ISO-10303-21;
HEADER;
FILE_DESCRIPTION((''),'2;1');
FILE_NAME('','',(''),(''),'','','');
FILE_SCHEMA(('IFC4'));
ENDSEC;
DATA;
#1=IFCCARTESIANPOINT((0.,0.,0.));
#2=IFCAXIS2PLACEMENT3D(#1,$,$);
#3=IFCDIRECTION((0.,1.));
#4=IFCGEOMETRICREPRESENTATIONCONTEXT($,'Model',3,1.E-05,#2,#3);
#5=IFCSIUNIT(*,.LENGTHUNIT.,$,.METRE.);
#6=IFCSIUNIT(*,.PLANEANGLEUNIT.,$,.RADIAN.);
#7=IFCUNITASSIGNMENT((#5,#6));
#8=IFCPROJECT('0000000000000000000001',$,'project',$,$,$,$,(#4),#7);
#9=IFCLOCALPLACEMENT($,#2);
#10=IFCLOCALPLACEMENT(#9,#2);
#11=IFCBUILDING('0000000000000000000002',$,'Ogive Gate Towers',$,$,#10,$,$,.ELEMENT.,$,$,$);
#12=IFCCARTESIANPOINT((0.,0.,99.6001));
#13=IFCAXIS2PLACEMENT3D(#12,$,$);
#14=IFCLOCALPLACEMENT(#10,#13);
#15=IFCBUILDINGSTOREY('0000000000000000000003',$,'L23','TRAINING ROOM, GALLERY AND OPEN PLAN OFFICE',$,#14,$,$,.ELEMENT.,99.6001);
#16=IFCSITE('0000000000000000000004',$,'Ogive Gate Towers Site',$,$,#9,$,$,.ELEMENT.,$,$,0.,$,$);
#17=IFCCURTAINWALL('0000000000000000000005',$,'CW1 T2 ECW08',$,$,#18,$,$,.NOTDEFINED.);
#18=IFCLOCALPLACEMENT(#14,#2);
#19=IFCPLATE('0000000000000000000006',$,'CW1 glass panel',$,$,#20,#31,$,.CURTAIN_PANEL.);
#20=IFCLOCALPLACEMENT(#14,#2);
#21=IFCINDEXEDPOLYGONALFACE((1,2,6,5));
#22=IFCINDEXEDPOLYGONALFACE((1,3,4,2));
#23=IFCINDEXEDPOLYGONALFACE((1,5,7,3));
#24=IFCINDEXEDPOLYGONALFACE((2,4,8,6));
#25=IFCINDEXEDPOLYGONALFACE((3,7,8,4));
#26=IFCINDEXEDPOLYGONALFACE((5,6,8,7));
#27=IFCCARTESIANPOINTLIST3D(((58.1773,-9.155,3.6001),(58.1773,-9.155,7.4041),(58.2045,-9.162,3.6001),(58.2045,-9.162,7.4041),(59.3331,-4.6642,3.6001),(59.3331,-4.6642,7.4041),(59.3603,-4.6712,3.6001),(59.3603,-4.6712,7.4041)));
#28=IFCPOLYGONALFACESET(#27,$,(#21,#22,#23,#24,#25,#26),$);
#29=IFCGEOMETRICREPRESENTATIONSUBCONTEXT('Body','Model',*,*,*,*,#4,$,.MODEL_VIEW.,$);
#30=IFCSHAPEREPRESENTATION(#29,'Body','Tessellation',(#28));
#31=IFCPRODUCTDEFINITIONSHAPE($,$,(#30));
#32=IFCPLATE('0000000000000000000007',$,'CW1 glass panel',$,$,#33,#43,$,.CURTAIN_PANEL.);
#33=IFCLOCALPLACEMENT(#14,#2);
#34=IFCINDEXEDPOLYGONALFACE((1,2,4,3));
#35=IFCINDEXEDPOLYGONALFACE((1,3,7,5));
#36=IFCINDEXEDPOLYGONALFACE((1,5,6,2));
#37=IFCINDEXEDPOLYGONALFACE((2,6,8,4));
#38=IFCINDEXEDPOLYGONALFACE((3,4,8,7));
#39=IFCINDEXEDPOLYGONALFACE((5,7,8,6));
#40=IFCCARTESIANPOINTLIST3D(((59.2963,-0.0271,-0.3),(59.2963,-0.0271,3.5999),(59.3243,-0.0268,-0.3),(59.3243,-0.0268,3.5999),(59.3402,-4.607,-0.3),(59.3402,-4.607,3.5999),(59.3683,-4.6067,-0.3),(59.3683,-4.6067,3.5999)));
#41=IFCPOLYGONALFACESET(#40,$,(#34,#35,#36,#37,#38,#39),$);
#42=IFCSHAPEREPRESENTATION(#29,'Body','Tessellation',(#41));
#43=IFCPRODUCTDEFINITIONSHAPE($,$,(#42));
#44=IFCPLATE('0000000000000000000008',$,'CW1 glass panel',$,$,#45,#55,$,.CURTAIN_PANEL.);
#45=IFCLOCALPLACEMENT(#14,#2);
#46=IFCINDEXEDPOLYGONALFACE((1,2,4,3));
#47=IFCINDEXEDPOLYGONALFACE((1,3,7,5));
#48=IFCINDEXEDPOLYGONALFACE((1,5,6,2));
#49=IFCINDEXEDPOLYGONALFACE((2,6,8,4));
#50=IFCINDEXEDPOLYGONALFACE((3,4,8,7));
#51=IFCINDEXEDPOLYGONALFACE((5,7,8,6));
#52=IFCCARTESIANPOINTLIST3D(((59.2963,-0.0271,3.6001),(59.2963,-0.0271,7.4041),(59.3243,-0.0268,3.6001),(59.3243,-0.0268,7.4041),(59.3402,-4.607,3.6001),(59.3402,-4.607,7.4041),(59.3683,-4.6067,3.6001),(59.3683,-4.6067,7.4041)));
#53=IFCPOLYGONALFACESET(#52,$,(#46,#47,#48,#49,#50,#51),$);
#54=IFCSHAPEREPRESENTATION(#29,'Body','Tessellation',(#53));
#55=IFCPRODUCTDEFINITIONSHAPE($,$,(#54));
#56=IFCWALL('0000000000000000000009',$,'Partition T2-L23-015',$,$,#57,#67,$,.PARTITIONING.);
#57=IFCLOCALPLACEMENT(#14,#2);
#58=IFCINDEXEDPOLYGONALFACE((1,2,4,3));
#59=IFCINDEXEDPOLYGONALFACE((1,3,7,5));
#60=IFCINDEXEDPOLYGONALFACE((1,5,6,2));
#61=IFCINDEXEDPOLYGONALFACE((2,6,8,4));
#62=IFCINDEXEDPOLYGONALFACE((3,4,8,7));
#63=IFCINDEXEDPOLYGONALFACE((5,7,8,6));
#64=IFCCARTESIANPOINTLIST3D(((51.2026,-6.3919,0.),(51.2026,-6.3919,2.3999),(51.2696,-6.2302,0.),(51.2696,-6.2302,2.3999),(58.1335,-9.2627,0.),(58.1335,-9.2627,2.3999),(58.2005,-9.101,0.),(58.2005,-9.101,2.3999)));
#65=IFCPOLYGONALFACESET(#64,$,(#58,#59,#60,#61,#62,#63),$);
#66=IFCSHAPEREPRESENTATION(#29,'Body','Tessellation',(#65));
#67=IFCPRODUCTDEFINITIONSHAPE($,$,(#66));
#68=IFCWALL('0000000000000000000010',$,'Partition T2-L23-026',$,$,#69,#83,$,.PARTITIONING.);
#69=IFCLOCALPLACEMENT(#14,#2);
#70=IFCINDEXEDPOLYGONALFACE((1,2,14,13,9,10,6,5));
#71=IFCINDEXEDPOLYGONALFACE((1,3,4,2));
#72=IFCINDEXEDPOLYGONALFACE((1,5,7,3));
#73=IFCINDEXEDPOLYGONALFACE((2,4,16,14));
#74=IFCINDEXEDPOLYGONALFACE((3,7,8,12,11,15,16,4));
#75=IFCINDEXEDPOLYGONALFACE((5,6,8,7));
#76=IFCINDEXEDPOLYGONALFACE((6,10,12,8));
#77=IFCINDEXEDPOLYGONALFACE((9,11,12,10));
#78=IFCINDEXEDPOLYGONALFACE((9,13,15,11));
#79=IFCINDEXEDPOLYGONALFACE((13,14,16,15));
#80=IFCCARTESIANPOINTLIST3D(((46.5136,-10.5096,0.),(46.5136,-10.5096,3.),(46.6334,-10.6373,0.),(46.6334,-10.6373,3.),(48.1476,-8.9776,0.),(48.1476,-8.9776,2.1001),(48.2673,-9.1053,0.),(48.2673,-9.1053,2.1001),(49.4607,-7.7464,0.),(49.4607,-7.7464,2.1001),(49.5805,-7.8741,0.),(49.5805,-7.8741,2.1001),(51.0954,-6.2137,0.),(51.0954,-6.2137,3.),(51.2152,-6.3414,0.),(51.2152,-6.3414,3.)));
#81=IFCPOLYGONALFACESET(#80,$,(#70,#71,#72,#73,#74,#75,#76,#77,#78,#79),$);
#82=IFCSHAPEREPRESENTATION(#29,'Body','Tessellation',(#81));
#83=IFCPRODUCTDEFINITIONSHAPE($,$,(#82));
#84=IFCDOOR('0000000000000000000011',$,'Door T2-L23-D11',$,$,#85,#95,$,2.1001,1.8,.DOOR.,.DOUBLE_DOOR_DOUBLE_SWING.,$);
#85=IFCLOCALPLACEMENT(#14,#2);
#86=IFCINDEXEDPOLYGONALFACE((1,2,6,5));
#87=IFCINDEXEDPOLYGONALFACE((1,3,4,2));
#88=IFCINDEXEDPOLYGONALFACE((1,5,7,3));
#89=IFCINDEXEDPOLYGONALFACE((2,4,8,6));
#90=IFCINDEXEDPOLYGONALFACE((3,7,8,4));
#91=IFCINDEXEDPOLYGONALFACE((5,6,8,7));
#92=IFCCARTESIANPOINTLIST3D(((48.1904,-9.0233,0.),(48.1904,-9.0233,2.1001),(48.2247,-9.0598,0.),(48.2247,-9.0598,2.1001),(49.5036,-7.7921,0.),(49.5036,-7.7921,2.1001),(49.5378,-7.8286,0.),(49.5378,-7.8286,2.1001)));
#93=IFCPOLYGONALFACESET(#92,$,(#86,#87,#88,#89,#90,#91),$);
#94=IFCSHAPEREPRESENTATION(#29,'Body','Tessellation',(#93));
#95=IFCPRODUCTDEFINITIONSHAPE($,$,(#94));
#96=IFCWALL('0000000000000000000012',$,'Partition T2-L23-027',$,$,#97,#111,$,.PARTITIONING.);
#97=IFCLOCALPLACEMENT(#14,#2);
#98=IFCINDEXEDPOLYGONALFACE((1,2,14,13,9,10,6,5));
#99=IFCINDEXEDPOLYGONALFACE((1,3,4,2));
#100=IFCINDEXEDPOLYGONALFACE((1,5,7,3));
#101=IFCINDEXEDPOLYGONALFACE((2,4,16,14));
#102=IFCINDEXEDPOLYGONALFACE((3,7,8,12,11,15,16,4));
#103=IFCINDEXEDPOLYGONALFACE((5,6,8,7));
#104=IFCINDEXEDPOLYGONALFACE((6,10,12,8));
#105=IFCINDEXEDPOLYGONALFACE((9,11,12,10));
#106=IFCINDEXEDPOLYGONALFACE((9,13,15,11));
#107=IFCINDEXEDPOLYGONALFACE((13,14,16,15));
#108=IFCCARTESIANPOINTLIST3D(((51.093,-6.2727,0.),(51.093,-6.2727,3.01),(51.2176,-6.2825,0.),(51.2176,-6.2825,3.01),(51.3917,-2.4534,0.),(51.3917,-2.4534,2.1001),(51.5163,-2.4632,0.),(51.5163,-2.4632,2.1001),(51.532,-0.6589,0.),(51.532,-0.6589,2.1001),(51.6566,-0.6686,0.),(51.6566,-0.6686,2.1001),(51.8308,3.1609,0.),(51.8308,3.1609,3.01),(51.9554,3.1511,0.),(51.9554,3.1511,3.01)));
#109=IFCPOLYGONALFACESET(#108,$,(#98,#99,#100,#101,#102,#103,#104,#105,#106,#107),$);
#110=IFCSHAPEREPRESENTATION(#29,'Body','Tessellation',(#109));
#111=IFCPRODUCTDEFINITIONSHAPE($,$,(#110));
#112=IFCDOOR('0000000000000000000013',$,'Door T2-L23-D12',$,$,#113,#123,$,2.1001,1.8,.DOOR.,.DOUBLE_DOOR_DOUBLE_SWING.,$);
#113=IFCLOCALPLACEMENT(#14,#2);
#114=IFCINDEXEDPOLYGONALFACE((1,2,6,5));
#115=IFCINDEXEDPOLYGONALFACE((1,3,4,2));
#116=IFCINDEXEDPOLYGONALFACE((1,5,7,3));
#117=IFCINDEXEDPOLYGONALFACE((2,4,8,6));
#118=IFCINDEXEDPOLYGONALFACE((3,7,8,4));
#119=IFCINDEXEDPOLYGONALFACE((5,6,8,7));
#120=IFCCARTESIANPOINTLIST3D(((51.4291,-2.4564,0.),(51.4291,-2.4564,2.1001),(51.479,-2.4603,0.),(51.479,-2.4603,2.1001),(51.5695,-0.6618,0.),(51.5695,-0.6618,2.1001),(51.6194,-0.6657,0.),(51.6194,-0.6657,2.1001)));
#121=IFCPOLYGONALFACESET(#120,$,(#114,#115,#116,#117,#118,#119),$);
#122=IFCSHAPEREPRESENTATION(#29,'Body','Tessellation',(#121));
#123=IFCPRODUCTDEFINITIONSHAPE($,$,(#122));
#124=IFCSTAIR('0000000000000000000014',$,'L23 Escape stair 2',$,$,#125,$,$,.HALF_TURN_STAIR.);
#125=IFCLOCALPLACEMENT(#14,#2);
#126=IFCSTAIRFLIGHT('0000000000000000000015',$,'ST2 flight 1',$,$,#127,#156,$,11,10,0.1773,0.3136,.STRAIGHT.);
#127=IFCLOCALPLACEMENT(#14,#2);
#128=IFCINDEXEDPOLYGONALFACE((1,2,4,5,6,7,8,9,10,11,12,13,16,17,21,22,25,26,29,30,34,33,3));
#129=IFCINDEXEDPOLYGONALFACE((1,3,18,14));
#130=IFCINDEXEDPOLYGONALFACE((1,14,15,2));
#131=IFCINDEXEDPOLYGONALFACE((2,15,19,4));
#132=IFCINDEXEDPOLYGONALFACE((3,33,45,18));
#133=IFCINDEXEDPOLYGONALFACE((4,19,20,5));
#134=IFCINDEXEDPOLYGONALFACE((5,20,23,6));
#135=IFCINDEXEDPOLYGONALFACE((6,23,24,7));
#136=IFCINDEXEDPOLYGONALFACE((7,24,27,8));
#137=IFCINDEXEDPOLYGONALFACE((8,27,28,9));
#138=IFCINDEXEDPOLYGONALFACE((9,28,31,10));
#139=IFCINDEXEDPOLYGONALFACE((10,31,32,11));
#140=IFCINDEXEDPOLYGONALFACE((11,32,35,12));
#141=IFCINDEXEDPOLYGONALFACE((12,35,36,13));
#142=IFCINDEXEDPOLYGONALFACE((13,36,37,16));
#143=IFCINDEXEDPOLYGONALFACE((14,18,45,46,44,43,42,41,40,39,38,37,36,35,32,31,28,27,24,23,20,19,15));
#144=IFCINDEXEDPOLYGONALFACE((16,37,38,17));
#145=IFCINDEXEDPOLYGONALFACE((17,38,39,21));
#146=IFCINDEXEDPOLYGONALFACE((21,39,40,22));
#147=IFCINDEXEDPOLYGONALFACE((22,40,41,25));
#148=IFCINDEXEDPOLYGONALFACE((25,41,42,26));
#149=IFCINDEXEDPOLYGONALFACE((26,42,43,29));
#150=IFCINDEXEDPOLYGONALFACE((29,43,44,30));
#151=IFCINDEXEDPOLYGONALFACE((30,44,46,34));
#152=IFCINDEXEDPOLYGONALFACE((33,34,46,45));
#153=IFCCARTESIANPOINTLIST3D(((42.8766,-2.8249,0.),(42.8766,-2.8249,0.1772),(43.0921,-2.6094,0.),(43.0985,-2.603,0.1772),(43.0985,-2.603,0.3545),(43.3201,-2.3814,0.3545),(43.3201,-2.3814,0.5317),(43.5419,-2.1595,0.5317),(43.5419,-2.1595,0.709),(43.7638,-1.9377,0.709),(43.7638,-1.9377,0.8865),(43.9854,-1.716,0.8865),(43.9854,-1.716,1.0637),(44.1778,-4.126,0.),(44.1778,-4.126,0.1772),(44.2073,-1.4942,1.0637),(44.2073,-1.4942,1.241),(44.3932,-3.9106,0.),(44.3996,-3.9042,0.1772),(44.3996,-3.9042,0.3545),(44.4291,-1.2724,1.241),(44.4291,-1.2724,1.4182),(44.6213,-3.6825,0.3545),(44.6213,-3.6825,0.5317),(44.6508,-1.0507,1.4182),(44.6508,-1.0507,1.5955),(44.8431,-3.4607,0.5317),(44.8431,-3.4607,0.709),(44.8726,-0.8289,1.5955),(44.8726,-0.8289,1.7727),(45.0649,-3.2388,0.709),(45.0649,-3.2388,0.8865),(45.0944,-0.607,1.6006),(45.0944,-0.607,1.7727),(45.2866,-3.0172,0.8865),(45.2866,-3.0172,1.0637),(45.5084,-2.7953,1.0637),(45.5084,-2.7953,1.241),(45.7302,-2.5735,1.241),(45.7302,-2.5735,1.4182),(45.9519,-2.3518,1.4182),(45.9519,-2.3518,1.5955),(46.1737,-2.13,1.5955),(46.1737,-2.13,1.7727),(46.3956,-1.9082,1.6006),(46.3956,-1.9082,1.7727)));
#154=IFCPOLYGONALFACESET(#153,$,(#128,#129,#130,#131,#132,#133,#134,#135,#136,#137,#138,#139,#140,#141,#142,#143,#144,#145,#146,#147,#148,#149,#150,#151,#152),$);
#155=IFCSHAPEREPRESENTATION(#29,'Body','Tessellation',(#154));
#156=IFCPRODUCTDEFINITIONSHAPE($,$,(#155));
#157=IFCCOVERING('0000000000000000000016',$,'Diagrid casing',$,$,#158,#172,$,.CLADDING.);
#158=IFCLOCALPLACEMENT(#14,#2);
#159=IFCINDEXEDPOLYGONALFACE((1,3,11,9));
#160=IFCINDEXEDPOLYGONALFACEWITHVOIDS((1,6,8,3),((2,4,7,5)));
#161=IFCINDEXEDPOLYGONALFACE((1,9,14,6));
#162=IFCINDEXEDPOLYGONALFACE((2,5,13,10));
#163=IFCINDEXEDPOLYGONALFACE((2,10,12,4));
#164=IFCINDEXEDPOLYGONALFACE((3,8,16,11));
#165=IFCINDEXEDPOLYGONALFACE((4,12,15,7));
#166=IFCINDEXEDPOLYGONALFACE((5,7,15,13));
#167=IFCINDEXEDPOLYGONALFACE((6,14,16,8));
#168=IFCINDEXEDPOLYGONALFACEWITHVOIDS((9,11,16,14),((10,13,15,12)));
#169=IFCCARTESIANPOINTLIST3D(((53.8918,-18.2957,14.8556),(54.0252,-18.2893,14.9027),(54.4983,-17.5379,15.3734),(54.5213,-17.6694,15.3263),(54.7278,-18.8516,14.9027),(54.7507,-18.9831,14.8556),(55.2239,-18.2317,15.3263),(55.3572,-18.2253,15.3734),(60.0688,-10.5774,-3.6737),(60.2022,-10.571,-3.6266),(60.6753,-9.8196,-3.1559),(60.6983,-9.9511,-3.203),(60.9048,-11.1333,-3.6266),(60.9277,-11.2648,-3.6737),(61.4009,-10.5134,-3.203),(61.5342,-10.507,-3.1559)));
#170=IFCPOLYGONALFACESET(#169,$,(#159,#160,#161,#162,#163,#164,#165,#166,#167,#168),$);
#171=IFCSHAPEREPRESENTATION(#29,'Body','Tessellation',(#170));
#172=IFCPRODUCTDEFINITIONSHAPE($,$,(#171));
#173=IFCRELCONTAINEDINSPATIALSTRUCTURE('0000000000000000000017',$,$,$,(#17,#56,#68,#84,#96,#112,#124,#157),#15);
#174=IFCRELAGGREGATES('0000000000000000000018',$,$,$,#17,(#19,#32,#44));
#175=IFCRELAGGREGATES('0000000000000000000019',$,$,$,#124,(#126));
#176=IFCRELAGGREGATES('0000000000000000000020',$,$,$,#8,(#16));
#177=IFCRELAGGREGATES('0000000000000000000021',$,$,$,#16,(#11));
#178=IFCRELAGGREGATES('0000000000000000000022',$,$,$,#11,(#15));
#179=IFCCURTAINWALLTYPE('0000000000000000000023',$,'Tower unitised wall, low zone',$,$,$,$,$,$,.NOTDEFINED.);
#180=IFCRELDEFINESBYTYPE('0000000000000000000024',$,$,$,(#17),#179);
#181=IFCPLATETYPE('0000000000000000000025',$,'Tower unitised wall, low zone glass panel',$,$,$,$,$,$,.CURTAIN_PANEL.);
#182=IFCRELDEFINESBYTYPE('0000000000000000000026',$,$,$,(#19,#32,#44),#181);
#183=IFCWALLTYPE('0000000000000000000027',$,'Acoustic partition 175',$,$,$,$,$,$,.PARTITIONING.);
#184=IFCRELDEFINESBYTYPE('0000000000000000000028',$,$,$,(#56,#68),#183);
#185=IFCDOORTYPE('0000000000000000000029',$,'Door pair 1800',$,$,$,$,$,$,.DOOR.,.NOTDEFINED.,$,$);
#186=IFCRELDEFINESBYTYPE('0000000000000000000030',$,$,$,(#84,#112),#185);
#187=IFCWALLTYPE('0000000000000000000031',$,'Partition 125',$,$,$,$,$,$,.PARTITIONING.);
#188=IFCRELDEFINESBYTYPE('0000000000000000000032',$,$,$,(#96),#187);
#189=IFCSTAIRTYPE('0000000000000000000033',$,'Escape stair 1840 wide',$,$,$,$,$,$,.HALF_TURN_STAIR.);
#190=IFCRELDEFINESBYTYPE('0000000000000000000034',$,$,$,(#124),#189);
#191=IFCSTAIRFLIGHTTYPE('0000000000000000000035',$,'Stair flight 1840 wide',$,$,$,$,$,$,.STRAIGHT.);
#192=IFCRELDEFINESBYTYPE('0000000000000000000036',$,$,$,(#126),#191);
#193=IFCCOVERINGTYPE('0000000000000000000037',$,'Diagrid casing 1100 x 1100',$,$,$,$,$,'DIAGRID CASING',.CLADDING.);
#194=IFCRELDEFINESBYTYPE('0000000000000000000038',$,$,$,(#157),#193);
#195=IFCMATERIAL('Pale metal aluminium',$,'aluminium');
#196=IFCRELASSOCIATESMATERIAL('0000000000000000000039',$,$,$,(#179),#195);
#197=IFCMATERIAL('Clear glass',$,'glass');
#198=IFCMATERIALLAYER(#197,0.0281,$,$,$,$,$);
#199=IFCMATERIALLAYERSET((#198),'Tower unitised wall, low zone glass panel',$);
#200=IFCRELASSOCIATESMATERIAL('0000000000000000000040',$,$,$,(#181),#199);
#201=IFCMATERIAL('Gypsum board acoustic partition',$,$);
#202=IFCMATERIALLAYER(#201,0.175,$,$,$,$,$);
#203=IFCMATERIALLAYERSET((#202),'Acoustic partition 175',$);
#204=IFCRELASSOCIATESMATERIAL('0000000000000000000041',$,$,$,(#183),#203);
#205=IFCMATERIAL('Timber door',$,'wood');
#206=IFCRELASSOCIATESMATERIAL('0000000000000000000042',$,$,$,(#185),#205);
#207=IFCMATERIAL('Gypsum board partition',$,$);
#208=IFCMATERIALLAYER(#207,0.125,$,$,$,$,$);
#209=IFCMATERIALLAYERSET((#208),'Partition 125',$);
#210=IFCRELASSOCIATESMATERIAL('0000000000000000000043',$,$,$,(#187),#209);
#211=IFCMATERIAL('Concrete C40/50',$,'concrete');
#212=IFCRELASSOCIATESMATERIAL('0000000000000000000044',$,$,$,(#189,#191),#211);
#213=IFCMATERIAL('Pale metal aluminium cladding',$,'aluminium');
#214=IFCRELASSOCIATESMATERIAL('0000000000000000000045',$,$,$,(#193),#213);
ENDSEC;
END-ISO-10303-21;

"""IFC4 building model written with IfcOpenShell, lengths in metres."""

from ifc_helpers import new_model, si_unit, direction, frame, frame_2d, origin, origin_2d, place, context, subcontext, project, spatial, polyline, rectangle, hollow_rectangle, outline, extrude, material, layer, layer_set, material_profile, profile_set, type_object, element, fill, aggregate, save


model = new_model("IFC4")

# Units and contexts
model_context = context("Model", 3, precision=1e-05, world=origin(), true_north=direction((0.0, 1.0)))
body_context = subcontext(model_context, "Body", "Model", "MODEL_VIEW")
ifc_project = project(units=[si_unit("LENGTHUNIT", "METRE"), si_unit("PLANEANGLEUNIT", "RADIAN")], contexts=[model_context])

# Site, building, storey
site_placement = place(None, origin())
site = spatial("IfcSite", under=ifc_project, at=site_placement, Name="Ogive Gate Towers Site", CompositionType="ELEMENT", RefElevation=0.0)
building_placement = place(site_placement, origin())
building = spatial("IfcBuilding", under=site, at=building_placement, Name="Ogive Gate Towers", CompositionType="ELEMENT")
storey_placement = place(building_placement, frame((0.0, 0.0, 99.6001)))
storey = spatial("IfcBuildingStorey", under=building, at=storey_placement, Name="L23", Description="TRAINING ROOM, GALLERY AND OPEN PLAN OFFICE", CompositionType="ELEMENT", Elevation=99.6001)

# Shared definitions
ifc_material_1 = material(Name="Concrete C40/50", Category="concrete")

# Curtain wall
ifc_material_2 = material(Name="Pale metal aluminium", Category="aluminium")
curtain_wall_type = type_object("IfcCurtainWallType", Name="Tower unitised wall, low zone", PredefinedType="NOTDEFINED", material=ifc_material_2)
curtain_wall_placement = place(storey_placement, origin())
curtain_wall = element("IfcCurtainWall", 1, at=curtain_wall_placement, inside=storey, type_object=curtain_wall_type, Name="CW1 T2 ECW08", PredefinedType="NOTDEFINED")

# Plates
ifc_material_3 = material(Name="Clear glass", Category="glass")
ifc_layer_1 = layer(ifc_material_3, 0.0281)
ifc_layer_set_1 = layer_set([ifc_layer_1], Name="Tower unitised wall, low zone glass panel")
plate_type = type_object("IfcPlateType", Name="Tower unitised wall, low zone glass panel", PredefinedType="CURTAIN_PANEL", material=ifc_layer_set_1)
plate_1_placement = place(storey_placement, frame((58.7688, -6.9131, 3.6001), z_axis=(0.0, 0.0, 1.0), x_axis=(0.249248, 0.96844, 0.0)))
plate_1 = element("IfcPlate", 2, at=plate_1_placement, type_object=plate_type, Name="CW1 glass panel", PredefinedType="CURTAIN_PANEL", context=body_context, shape_type="SweptSolid", body=[
    extrude(rectangle(XDim=4.6372, YDim=0.0281, at=origin_2d()), origin(), (0.0, 0.0, 1.0), 3.804),
])
plate_2_placement = place(storey_placement, frame((59.3323, -2.3169, -0.3), z_axis=(0.0, 0.0, 1.0), x_axis=(-0.009599, 0.999954, 0.0)))
plate_2 = element("IfcPlate", 3, at=plate_2_placement, type_object=plate_type, Name="CW1 glass panel", PredefinedType="CURTAIN_PANEL", context=body_context, shape_type="SweptSolid", body=[
    extrude(rectangle(XDim=4.5801, YDim=0.0281, at=origin_2d()), origin(), (0.0, 0.0, 1.0), 3.8999),
])
plate_3_placement = place(storey_placement, frame((59.3323, -2.3169, 3.6001), z_axis=(0.0, 0.0, 1.0), x_axis=(-0.009599, 0.999954, 0.0)))
plate_3 = element("IfcPlate", 4, at=plate_3_placement, type_object=plate_type, Name="CW1 glass panel", PredefinedType="CURTAIN_PANEL", context=body_context, shape_type="SweptSolid", body=[
    extrude(rectangle(XDim=4.5801, YDim=0.0281, at=origin_2d()), origin(), (0.0, 0.0, 1.0), 3.804),
])
aggregate(curtain_wall, [plate_1, plate_2, plate_3])

# Wall
ifc_material_4 = material(Name="Gypsum board acoustic partition")
ifc_layer_2 = layer(ifc_material_4, 0.175)
ifc_layer_set_2 = layer_set([ifc_layer_2], Name="Acoustic partition 175")
wall_type_1 = type_object("IfcWallType", Name="Acoustic partition 175", PredefinedType="PARTITIONING", material=ifc_layer_set_2)
wall_1_placement = place(storey_placement, frame((58.167, -9.1819, 0.0), z_axis=(0.0, 0.0, 1.0), x_axis=(-0.923881, 0.38268, 0.0)))
element("IfcWall", 5, at=wall_1_placement, inside=storey, type_object=wall_type_1, Name="Partition T2-L23-015", PredefinedType="PARTITIONING", context=body_context, shape_type="SweptSolid", body=[
    extrude(rectangle(XDim=7.502, YDim=0.175, at=frame_2d((3.751, 0.0))), origin(), (0.0, 0.0, 1.0), 2.3999),
])

# Walls, openings, doors
wall_2_placement = place(storey_placement, frame((46.5735, -10.5735, 0.0), z_axis=(0.0, 0.0, 1.0), x_axis=(0.7295, 0.683981, 0.0)))
wall_2 = element("IfcWall", 6, at=wall_2_placement, inside=storey, type_object=wall_type_1, Name="Partition T2-L23-026", PredefinedType="PARTITIONING", context=body_context, shape_type="SweptSolid", body=[
    extrude(rectangle(XDim=6.2808, YDim=0.175, at=frame_2d((3.1404, 0.0))), origin(), (0.0, 0.0, 1.0), 3.0),
])
opening_1_placement = place(wall_2_placement, frame((2.24, 0.0, 0.0)))
opening_1 = element("IfcOpeningElement", 7, at=opening_1_placement, cuts=wall_2, PredefinedType="OPENING", context=body_context, shape_type="SweptSolid", body=[
    extrude(rectangle(XDim=1.8, YDim=2.1001, at=frame_2d((0.8999, 1.05))), frame((0.0, 0.0977, 0.0), z_axis=(0.0, -1.0, 0.0), x_axis=(1.0, 0.0, 0.0)), (0.0, 0.0, 1.0), 0.1951),
])
ifc_material_5 = material(Name="Timber door", Category="wood")
door_type = type_object("IfcDoorType", Name="Door pair 1800", OperationType="NOTDEFINED", PredefinedType="DOOR", material=ifc_material_5)
door_1_placement = place(opening_1_placement, origin())
door_1 = element("IfcDoor", 8, at=door_1_placement, inside=storey, type_object=door_type, Name="Door T2-L23-D11", OperationType="DOUBLE_DOOR_DOUBLE_SWING", OverallHeight=2.1001, OverallWidth=1.8, PredefinedType="DOOR", context=body_context, shape_type="SweptSolid", body=[
    extrude(rectangle(XDim=1.8, YDim=2.1001, at=frame_2d((0.8999, 1.05))), frame((0.0, 0.0249, 0.0), z_axis=(0.0, -1.0, 0.0), x_axis=(1.0, 0.0, 0.0)), (0.0, 0.0, 1.0), 0.05),
])
fill(opening_1, door_1)
ifc_material_6 = material(Name="Gypsum board partition")
ifc_layer_3 = layer(ifc_material_6, 0.125)
ifc_layer_set_3 = layer_set([ifc_layer_3], Name="Partition 125")
wall_type_2 = type_object("IfcWallType", Name="Partition 125", PredefinedType="PARTITIONING", material=ifc_layer_set_3)
wall_3_placement = place(storey_placement, frame((51.1553, -6.2776, 0.0), z_axis=(0.0, 0.0, 1.0), x_axis=(0.077971, 0.996956, 0.0)))
wall_3 = element("IfcWall", 9, at=wall_3_placement, inside=storey, type_object=wall_type_2, Name="Partition T2-L23-027", PredefinedType="PARTITIONING", context=body_context, shape_type="SweptSolid", body=[
    extrude(rectangle(XDim=9.4624, YDim=0.125, at=frame_2d((4.7312, 0.0))), origin(), (0.0, 0.0, 1.0), 3.01),
])
opening_2_placement = place(wall_3_placement, frame((3.8311, 0.0, 0.0)))
opening_2 = element("IfcOpeningElement", 10, at=opening_2_placement, cuts=wall_3, PredefinedType="OPENING", context=body_context, shape_type="SweptSolid", body=[
    extrude(rectangle(XDim=1.8, YDim=2.1001, at=frame_2d((0.8999, 1.05))), frame((0.0, 0.0725, 0.0), z_axis=(0.0, -1.0, 0.0), x_axis=(1.0, 0.0, 0.0)), (0.0, 0.0, 1.0), 0.145),
])
door_2_placement = place(opening_2_placement, origin())
door_2 = element("IfcDoor", 11, at=door_2_placement, inside=storey, type_object=door_type, Name="Door T2-L23-D12", OperationType="DOUBLE_DOOR_DOUBLE_SWING", OverallHeight=2.1001, OverallWidth=1.8, PredefinedType="DOOR", context=body_context, shape_type="SweptSolid", body=[
    extrude(rectangle(XDim=1.8, YDim=2.1001, at=frame_2d((0.8999, 1.05))), frame((0.0, 0.0249, 0.0), z_axis=(0.0, -1.0, 0.0), x_axis=(1.0, 0.0, 0.0)), (0.0, 0.0, 1.0), 0.05),
])
fill(opening_2, door_2)

# Stair, stair flight
stair_type = type_object("IfcStairType", Name="Escape stair 1840 wide", PredefinedType="HALF_TURN_STAIR", material=ifc_material_1)
stair_placement = place(storey_placement, origin())
stair = element("IfcStair", 12, at=stair_placement, inside=storey, type_object=stair_type, Name="L23 Escape stair 2", PredefinedType="HALF_TURN_STAIR")
stair_flight_type = type_object("IfcStairFlightType", Name="Stair flight 1840 wide", PredefinedType="STRAIGHT", material=ifc_material_1)
stair_flight_placement = place(storey_placement, frame((43.5271, -3.4753, 0.0), z_axis=(0.0, 0.0, 1.0), x_axis=(0.707107, 0.707107, 0.0)))
stair_flight = element("IfcStairFlight", 13, at=stair_flight_placement, type_object=stair_flight_type, Name="ST2 flight 1", NumberOfRisers=11, NumberOfTreads=10, PredefinedType="STRAIGHT", RiserHeight=0.1773, TreadLength=0.3136, context=body_context, shape_type="SweptSolid", body=[
    extrude(outline(polyline([(0.0, 0.0), (0.0, 0.1772), (0.3137, 0.1772), (0.3137, 0.3545), (0.6272, 0.3545), (0.6272, 0.5317), (0.9409, 0.5317), (0.9409, 0.709), (1.2546, 0.709), (1.2546, 0.8865), (1.5681, 0.8865), (1.5681, 1.0637), (1.8818, 1.0637), (1.8818, 1.241), (2.1956, 1.241), (2.1956, 1.4182), (2.509, 1.4182), (2.509, 1.5955), (2.8228, 1.5955), (2.8228, 1.7727), (3.1365, 1.7727), (3.1365, 1.95), (3.1365, 1.6006), (0.3047, 0.0), (0.0, 0.0)])), frame((0.0, 0.9199, 0.0), z_axis=(0.0, -1.0, 0.0), x_axis=(1.0, 0.0, 0.0)), (0.0, 0.0, 1.0), 1.8401),
])
aggregate(stair, [stair_flight])

# Covering
ifc_material_7 = material(Name="Pale metal aluminium cladding", Category="aluminium")
ifc_material_profile_1 = material_profile(ifc_material_7, hollow_rectangle(XDim=1.1001, YDim=1.1001, WallThickness=0.1001, at=origin_2d()), Name="1100 x 1100 pale metal casing")
ifc_profile_set_1 = profile_set([ifc_material_profile_1], Name="Pale metal aluminium cladding")
covering_type_1 = type_object("IfcCoveringType", Name="Diagrid casing 1100 x 1100", ElementType="DIAGRID CASING", PredefinedType="CLADDING", material=ifc_profile_set_1)
for number, where, z_axis, x_axis, name in (
    (14, (60.8015, -10.5422, -3.4148), (-0.294122, -0.367511, 0.882286), (0.780751, -0.624843, 0.0), "Diagrid casing"),
):
    element("IfcCovering", number, at=place(storey_placement, frame(where, z_axis=z_axis, x_axis=x_axis)), inside=storey, type_object=covering_type_1, Name=name, PredefinedType="CLADDING", context=body_context, shape_type="SweptSolid", body=[
        extrude(hollow_rectangle(XDim=1.1001, YDim=1.1001, WallThickness=0.1001, at=origin_2d()), origin(), (0.0, 0.0, 1.0), 21.0015),
    ])

save(model, "model.ifc")
